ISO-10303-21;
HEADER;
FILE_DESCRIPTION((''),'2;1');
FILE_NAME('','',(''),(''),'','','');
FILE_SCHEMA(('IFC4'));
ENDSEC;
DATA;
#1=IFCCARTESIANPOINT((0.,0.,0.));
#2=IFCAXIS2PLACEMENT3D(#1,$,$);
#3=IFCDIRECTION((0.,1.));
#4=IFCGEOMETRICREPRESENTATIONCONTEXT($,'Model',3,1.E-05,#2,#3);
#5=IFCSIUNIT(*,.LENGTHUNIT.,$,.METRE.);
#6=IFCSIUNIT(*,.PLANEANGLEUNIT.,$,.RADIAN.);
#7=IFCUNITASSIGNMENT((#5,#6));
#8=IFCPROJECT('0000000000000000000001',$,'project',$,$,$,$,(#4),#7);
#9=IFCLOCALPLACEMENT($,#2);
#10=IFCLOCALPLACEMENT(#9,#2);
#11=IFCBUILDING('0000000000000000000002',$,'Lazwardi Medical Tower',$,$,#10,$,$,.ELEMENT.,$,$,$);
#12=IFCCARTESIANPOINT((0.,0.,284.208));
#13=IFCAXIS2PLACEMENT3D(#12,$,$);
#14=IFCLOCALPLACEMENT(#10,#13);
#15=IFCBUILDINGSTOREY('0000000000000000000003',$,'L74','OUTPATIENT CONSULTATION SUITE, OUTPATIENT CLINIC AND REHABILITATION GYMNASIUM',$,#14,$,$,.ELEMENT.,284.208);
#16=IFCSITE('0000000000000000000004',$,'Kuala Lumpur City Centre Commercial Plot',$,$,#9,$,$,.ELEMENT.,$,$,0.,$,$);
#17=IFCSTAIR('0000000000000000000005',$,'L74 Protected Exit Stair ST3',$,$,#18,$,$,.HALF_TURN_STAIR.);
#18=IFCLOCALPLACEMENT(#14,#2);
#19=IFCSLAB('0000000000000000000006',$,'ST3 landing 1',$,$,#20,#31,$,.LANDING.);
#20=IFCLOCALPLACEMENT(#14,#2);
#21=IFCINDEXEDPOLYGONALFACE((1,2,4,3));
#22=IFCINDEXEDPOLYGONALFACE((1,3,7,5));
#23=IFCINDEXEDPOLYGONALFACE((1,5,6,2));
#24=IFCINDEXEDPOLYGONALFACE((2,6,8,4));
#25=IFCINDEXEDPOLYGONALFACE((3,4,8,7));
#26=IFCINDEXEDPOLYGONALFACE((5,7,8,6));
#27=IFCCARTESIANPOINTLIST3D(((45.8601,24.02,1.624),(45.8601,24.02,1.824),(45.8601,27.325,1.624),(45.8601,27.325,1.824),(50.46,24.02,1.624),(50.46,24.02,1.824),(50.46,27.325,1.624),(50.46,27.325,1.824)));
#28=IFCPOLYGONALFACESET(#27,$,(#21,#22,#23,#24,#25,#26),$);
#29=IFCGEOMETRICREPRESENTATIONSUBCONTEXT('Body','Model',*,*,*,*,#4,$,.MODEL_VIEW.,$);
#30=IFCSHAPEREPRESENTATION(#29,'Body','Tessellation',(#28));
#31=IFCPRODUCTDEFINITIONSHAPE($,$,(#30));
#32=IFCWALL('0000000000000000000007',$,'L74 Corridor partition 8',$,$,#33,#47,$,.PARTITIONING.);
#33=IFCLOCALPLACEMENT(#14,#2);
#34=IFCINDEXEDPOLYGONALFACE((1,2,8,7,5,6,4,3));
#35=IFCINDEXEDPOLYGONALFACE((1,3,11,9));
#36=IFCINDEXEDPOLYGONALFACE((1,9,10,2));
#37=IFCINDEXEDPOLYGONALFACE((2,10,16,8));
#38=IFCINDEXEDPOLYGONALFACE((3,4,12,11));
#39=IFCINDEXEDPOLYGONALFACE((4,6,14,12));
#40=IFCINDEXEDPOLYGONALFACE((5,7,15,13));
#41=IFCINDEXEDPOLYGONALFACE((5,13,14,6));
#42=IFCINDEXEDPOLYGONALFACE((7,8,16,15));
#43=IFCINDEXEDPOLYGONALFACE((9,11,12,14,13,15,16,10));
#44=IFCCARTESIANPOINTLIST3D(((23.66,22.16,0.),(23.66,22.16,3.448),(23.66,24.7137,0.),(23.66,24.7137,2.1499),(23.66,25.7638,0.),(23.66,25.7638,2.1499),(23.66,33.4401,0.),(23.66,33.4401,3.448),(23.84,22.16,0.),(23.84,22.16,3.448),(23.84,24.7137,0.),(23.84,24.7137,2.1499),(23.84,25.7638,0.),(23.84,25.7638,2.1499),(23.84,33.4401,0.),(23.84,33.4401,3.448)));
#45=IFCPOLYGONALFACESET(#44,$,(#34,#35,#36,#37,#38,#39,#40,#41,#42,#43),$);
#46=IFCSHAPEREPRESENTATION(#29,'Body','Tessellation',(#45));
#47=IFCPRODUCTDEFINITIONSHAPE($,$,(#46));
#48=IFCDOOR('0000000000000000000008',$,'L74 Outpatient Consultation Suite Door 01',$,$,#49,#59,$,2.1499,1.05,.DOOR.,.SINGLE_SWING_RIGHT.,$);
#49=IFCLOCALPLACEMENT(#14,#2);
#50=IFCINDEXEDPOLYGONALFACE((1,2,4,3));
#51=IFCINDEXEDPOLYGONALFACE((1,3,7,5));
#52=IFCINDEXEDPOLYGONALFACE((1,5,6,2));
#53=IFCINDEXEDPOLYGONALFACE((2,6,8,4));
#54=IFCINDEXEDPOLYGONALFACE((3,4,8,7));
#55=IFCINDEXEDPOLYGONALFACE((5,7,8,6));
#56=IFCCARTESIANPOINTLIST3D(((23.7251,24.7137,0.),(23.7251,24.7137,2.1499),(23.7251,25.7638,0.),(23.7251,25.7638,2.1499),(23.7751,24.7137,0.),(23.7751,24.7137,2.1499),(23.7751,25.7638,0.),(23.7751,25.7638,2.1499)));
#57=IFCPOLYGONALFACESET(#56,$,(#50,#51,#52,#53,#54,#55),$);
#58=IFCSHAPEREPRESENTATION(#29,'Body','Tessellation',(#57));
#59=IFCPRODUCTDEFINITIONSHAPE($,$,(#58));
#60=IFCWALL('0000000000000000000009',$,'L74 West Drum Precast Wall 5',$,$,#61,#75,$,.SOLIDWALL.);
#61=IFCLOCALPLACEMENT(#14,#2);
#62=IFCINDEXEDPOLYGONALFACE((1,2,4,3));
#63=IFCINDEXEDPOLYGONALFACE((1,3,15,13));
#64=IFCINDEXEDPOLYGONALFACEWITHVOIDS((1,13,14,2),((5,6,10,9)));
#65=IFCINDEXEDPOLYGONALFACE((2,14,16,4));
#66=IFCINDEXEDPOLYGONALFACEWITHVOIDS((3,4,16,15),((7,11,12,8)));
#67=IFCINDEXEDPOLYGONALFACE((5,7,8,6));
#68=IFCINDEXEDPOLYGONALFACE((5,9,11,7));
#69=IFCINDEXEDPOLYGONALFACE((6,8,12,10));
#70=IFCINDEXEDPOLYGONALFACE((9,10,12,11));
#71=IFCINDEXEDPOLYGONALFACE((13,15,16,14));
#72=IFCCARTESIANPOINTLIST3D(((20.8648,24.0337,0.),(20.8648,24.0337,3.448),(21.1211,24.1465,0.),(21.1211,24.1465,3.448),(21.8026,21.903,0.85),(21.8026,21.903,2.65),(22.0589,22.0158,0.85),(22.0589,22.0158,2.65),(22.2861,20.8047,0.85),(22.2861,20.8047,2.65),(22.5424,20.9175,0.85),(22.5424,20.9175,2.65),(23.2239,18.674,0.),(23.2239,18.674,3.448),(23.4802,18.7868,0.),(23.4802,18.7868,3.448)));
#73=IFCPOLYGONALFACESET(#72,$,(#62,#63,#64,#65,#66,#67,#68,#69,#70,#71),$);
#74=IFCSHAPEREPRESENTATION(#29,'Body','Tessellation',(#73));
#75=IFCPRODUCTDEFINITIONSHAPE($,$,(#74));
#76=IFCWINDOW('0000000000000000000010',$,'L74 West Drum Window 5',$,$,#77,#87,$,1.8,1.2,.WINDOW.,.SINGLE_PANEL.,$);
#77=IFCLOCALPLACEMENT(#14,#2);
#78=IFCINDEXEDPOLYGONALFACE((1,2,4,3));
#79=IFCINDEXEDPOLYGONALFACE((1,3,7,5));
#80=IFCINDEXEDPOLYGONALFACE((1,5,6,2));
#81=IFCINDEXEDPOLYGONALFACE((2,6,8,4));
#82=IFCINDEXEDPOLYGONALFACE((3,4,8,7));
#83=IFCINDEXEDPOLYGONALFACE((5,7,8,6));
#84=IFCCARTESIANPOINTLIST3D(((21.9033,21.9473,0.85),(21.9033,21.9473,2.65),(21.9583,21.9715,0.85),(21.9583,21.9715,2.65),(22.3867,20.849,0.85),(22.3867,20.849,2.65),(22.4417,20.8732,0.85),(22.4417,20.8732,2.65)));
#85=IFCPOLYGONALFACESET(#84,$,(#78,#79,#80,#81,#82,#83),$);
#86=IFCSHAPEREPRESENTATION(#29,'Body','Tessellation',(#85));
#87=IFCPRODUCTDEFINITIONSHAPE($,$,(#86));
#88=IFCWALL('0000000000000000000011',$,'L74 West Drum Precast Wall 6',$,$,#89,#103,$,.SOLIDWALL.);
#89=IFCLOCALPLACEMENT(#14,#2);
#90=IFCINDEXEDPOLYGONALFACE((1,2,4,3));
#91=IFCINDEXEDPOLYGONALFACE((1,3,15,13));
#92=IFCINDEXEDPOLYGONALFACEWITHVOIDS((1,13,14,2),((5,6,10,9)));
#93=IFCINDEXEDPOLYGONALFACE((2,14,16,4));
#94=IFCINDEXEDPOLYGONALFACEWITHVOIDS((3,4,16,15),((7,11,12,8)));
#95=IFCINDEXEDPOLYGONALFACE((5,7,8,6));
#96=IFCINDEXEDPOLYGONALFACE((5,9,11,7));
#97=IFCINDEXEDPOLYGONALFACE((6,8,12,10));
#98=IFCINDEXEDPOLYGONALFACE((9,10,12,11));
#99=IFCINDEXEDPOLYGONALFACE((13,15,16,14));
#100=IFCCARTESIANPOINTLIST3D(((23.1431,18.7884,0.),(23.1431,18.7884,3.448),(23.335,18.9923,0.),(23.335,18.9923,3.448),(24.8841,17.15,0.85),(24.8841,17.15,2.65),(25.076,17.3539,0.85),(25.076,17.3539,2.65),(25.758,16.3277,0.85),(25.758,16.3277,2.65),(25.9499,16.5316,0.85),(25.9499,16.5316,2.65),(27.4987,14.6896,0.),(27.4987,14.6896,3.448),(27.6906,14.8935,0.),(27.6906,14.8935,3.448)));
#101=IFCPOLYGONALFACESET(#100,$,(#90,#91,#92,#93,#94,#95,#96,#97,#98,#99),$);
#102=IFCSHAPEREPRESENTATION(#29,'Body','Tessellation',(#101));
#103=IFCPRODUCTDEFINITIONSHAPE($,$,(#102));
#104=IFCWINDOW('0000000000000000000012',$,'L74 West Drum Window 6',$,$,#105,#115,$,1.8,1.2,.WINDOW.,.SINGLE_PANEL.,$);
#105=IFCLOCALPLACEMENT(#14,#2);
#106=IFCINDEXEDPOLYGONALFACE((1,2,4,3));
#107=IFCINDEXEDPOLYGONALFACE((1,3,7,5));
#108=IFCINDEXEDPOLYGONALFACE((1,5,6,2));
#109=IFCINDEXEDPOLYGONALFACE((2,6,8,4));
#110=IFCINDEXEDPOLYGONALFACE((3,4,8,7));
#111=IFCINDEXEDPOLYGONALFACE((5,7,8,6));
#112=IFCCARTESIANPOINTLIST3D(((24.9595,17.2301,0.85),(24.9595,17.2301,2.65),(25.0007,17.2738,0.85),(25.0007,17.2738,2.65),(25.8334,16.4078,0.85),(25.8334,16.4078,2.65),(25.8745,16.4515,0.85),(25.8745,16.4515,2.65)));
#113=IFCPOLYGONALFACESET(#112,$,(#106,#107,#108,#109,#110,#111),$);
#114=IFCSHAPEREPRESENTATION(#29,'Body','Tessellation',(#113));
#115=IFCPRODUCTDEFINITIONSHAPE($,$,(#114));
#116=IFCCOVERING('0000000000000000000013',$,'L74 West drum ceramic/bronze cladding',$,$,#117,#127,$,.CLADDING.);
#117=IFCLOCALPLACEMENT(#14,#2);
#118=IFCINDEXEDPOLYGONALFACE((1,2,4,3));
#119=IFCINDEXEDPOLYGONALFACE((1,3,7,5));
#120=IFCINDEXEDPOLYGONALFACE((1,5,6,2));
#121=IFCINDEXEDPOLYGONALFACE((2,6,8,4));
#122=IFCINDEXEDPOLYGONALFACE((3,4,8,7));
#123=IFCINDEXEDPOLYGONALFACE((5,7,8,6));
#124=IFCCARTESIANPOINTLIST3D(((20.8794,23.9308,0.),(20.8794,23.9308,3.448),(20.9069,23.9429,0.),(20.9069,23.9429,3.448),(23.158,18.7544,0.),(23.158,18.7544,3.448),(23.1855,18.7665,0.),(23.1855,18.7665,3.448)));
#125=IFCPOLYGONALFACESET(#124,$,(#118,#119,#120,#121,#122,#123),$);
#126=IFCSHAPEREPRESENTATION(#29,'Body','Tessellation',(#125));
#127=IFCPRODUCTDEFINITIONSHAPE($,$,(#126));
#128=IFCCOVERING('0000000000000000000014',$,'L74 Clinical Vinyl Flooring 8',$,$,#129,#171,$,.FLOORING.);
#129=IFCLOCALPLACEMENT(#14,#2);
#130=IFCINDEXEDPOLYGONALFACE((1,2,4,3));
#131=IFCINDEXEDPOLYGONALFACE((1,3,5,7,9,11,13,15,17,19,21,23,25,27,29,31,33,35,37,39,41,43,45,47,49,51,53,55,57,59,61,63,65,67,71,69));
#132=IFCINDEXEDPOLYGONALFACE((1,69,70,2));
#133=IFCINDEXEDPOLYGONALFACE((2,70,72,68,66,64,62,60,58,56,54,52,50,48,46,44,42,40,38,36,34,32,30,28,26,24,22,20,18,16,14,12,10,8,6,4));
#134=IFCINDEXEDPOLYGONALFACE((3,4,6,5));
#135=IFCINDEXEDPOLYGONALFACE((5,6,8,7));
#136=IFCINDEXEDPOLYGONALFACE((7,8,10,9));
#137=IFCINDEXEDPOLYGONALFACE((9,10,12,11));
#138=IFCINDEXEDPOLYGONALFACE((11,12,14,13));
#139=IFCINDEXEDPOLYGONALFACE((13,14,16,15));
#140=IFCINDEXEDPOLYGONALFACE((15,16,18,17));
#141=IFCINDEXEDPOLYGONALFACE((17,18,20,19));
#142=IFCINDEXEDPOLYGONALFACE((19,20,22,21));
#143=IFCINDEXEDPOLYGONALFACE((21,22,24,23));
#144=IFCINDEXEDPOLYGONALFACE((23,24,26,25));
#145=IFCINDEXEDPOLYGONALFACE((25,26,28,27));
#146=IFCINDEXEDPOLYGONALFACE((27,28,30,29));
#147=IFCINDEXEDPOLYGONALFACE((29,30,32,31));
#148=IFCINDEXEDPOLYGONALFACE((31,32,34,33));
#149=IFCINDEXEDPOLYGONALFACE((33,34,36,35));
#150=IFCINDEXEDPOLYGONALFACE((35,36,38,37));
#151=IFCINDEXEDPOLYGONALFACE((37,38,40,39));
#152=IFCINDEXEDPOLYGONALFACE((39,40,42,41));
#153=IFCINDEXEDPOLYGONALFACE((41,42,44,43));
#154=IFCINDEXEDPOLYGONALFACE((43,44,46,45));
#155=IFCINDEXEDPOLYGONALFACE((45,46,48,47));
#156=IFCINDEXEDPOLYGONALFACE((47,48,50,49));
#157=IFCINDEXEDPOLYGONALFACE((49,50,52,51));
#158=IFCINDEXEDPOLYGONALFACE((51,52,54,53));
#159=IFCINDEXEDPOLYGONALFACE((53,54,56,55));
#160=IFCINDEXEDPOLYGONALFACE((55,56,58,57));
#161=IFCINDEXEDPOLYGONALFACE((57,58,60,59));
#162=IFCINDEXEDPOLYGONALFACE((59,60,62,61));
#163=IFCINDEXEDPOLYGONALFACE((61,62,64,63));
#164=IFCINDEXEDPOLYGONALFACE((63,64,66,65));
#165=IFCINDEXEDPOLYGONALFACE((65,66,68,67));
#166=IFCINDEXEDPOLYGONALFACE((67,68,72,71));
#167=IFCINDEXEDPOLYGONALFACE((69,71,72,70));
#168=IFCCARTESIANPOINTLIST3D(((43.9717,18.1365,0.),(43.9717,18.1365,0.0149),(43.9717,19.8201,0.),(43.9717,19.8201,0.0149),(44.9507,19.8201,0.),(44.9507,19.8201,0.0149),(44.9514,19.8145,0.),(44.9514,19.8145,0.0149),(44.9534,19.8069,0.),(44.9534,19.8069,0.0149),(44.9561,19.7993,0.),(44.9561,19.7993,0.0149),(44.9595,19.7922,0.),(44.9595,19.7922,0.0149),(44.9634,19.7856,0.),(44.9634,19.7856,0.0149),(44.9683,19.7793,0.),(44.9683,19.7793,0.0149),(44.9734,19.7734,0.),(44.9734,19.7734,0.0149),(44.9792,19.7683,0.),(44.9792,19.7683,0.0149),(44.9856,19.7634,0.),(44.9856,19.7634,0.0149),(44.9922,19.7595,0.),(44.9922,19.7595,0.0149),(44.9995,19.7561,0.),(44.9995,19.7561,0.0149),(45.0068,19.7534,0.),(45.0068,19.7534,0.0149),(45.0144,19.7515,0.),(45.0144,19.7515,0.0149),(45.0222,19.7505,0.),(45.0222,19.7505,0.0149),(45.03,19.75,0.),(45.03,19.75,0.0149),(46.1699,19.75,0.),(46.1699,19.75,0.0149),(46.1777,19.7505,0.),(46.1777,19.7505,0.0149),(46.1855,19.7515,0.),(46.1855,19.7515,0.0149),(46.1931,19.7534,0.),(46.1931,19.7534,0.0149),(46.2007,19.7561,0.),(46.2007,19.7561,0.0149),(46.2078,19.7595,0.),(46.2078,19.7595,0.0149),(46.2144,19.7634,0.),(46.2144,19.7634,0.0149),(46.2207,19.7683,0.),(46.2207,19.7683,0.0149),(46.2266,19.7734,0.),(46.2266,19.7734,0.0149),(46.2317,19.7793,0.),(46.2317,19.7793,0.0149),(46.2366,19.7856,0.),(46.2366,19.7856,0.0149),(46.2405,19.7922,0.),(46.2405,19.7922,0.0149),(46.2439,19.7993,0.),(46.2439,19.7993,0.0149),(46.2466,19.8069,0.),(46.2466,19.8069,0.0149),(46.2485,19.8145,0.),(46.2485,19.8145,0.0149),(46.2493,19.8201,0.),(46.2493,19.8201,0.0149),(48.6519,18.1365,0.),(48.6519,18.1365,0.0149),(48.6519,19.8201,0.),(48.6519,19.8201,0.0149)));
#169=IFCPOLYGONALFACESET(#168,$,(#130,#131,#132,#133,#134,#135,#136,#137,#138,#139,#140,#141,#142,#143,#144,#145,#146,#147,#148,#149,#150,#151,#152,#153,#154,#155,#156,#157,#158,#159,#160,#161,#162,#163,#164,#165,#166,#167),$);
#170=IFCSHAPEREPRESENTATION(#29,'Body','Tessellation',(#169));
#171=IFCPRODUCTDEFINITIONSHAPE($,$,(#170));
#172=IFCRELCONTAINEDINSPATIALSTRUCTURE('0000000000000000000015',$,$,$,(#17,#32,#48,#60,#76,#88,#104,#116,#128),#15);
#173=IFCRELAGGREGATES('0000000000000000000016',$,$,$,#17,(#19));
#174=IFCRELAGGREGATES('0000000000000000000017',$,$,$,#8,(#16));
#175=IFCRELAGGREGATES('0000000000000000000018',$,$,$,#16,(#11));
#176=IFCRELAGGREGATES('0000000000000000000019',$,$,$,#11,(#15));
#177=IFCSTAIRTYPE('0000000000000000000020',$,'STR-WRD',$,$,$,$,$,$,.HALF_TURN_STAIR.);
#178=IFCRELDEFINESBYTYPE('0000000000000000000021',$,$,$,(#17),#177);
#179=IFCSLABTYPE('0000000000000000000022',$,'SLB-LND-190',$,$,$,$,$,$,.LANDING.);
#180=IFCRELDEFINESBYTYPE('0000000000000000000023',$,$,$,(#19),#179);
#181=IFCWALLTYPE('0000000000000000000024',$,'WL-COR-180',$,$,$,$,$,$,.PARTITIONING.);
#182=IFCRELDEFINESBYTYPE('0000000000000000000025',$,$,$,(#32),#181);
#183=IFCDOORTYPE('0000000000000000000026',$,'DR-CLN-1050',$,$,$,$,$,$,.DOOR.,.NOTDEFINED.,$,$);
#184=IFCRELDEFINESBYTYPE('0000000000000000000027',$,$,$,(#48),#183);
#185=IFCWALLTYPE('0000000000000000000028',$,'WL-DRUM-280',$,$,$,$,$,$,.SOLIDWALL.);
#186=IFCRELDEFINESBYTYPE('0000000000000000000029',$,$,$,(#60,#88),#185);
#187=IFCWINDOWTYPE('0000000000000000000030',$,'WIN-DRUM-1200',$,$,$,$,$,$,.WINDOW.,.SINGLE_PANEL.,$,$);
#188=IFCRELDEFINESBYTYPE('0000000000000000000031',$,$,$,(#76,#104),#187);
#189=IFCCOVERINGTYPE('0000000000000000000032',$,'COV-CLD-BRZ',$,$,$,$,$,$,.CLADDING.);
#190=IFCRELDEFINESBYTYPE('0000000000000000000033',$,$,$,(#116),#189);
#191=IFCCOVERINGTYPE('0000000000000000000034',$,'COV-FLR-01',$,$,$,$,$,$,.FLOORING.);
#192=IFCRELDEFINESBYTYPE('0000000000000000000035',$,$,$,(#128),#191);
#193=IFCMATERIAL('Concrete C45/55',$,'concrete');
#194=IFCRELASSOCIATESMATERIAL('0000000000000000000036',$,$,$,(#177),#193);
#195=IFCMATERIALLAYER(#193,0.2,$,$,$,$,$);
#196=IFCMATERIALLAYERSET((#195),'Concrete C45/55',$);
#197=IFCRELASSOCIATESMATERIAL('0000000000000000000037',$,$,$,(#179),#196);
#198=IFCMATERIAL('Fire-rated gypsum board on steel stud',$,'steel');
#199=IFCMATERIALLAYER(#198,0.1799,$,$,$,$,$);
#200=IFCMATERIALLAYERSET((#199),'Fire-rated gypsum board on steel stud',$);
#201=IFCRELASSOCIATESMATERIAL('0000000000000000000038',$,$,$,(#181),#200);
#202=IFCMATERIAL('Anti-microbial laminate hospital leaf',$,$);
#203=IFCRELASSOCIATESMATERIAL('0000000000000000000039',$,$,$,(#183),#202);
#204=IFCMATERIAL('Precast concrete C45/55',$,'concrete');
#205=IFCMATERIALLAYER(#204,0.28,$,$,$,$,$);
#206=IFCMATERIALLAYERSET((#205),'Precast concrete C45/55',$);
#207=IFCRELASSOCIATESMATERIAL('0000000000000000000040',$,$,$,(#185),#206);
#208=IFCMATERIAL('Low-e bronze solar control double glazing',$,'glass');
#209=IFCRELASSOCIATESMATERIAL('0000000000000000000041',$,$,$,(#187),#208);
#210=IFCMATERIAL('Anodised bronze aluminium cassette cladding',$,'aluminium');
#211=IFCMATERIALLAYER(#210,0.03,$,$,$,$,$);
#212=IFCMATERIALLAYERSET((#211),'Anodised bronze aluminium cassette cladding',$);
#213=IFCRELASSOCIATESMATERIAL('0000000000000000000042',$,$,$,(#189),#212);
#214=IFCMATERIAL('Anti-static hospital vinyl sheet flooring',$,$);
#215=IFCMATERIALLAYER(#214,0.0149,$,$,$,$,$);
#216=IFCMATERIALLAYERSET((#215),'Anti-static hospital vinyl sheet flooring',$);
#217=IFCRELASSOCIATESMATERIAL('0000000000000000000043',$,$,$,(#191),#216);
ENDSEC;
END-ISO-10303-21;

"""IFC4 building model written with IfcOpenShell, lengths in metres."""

from ifc_helpers import new_model, si_unit, direction, frame, frame_2d, origin, origin_2d, place, context, subcontext, project, spatial, polyline, rectangle, outline, extrude, material, layer, layer_set, type_object, element, fill, aggregate, save


model = new_model("IFC4")

# Units and contexts
model_context = context("Model", 3, precision=1e-05, world=origin(), true_north=direction((0.0, 1.0)))
body_context = subcontext(model_context, "Body", "Model", "MODEL_VIEW")
ifc_project = project(units=[si_unit("LENGTHUNIT", "METRE"), si_unit("PLANEANGLEUNIT", "RADIAN")], contexts=[model_context])

# Site, building, storey
site_placement = place(None, origin())
site = spatial("IfcSite", under=ifc_project, at=site_placement, Name="Kuala Lumpur City Centre Commercial Plot", CompositionType="ELEMENT", RefElevation=0.0)
building_placement = place(site_placement, origin())
building = spatial("IfcBuilding", under=site, at=building_placement, Name="Lazwardi Medical Tower", CompositionType="ELEMENT")
storey_placement = place(building_placement, frame((0.0, 0.0, 284.208)))
storey = spatial("IfcBuildingStorey", under=building, at=storey_placement, Name="L74", Description="OUTPATIENT CONSULTATION SUITE, OUTPATIENT CLINIC AND REHABILITATION GYMNASIUM", CompositionType="ELEMENT", Elevation=284.208)

# Stair, slab
ifc_material_1 = material(Name="Concrete C45/55", Category="concrete")
stair_type = type_object("IfcStairType", Name="STR-WRD", PredefinedType="HALF_TURN_STAIR", material=ifc_material_1)
ifc_layer_1 = layer(ifc_material_1, 0.2)
ifc_layer_set_1 = layer_set([ifc_layer_1], Name="Concrete C45/55")
slab_type = type_object("IfcSlabType", Name="SLB-LND-190", PredefinedType="LANDING", material=ifc_layer_set_1)
stair_1_placement = place(storey_placement, origin())
stair_1 = element("IfcStair", 1, at=stair_1_placement, inside=storey, type_object=stair_type, Name="L74 Protected Exit Stair ST3", PredefinedType="HALF_TURN_STAIR")
slab_1_placement = place(storey_placement, frame((0.0, 0.0, 1.624)))
slab_1 = element("IfcSlab", 2, at=slab_1_placement, type_object=slab_type, Name="ST3 landing 1", PredefinedType="LANDING", context=body_context, shape_type="SweptSolid", body=[
    extrude(outline(polyline([(45.8601, 27.325), (45.8601, 24.02), (50.46, 24.02), (50.46, 27.325), (45.8601, 27.325)])), origin(), (0.0, 0.0, 1.0), 0.2),
])
aggregate(stair_1, [slab_1])

# Wall, opening, door
ifc_material_2 = material(Name="Fire-rated gypsum board on steel stud", Category="steel")
ifc_layer_2 = layer(ifc_material_2, 0.1799)
ifc_layer_set_2 = layer_set([ifc_layer_2], Name="Fire-rated gypsum board on steel stud")
wall_type_1 = type_object("IfcWallType", Name="WL-COR-180", PredefinedType="PARTITIONING", material=ifc_layer_set_2)
wall_1_placement = place(storey_placement, frame((23.75, 22.1599, 0.0), z_axis=(0.0, 0.0, 1.0), x_axis=(0.0, 1.0, 0.0)))
wall_1 = element("IfcWall", 3, at=wall_1_placement, inside=storey, type_object=wall_type_1, Name="L74 Corridor partition 8", PredefinedType="PARTITIONING", context=body_context, shape_type="SweptSolid", body=[
    extrude(rectangle(XDim=11.28, YDim=0.1799, at=frame_2d((5.6401, 0.0))), origin(), (0.0, 0.0, 1.0), 3.448),
])
opening_1_placement = place(wall_1_placement, frame((2.554, 0.0, 0.0)))
opening_1 = element("IfcOpeningElement", 4, at=opening_1_placement, cuts=wall_1, PredefinedType="OPENING", context=body_context, shape_type="SweptSolid", body=[
    extrude(rectangle(XDim=1.05, YDim=2.1499, at=frame_2d((0.5249, 1.075))), frame((0.0, 0.0999, 0.0), z_axis=(0.0, -1.0, 0.0), x_axis=(1.0, 0.0, 0.0)), (0.0, 0.0, 1.0), 0.2),
])
ifc_material_3 = material(Name="Anti-microbial laminate hospital leaf")
door_type = type_object("IfcDoorType", Name="DR-CLN-1050", OperationType="NOTDEFINED", PredefinedType="DOOR", material=ifc_material_3)
door_placement = place(opening_1_placement, origin())
door = element("IfcDoor", 5, at=door_placement, inside=storey, type_object=door_type, Name="L74 Outpatient Consultation Suite Door 01", OperationType="SINGLE_SWING_RIGHT", OverallHeight=2.1499, OverallWidth=1.05, PredefinedType="DOOR", context=body_context, shape_type="SweptSolid", body=[
    extrude(rectangle(XDim=1.05, YDim=2.1499, at=frame_2d((0.5249, 1.075))), frame((0.0, 0.0249, 0.0), z_axis=(0.0, -1.0, 0.0), x_axis=(1.0, 0.0, 0.0)), (0.0, 0.0, 1.0), 0.05),
])
fill(opening_1, door)

# Walls, openings, windows
ifc_material_4 = material(Name="Precast concrete C45/55", Category="concrete")
ifc_layer_3 = layer(ifc_material_4, 0.28)
ifc_layer_set_3 = layer_set([ifc_layer_3], Name="Precast concrete C45/55")
wall_type_2 = type_object("IfcWallType", Name="WL-DRUM-280", PredefinedType="SOLIDWALL", material=ifc_layer_set_3)
wall_2_placement = place(storey_placement, frame((20.9929, 24.0901, 0.0), z_axis=(0.0, 0.0, 1.0), x_axis=(0.402867, -0.915258, 0.0)))
wall_2 = element("IfcWall", 6, at=wall_2_placement, inside=storey, type_object=wall_type_2, Name="L74 West Drum Precast Wall 5", PredefinedType="SOLIDWALL", context=body_context, shape_type="SweptSolid", body=[
    extrude(rectangle(XDim=5.856, YDim=0.28, at=frame_2d((2.928, 0.0))), origin(), (0.0, 0.0, 1.0), 3.448),
])
opening_2_placement = place(wall_2_placement, frame((2.3279, 0.0, 0.8501)))
opening_2 = element("IfcOpeningElement", 7, at=opening_2_placement, cuts=wall_2, PredefinedType="OPENING", context=body_context, shape_type="SweptSolid", body=[
    extrude(rectangle(XDim=1.2, YDim=1.8, at=frame_2d((0.6001, 0.8999))), frame((0.0, 0.1499, 0.0), z_axis=(0.0, -1.0, 0.0), x_axis=(1.0, 0.0, 0.0)), (0.0, 0.0, 1.0), 0.3),
])
ifc_material_5 = material(Name="Low-e bronze solar control double glazing", Category="glass")
window_type = type_object("IfcWindowType", Name="WIN-DRUM-1200", PartitioningType="SINGLE_PANEL", PredefinedType="WINDOW", material=ifc_material_5)
window_1_placement = place(opening_2_placement, origin())
window_1 = element("IfcWindow", 8, at=window_1_placement, inside=storey, type_object=window_type, Name="L74 West Drum Window 5", OverallHeight=1.8, OverallWidth=1.2, PartitioningType="SINGLE_PANEL", PredefinedType="WINDOW", context=body_context, shape_type="SweptSolid", body=[
    extrude(rectangle(XDim=1.2, YDim=1.8, at=frame_2d((0.6001, 0.8999))), frame((0.0, 0.03, 0.0), z_axis=(0.0, -1.0, 0.0), x_axis=(1.0, 0.0, 0.0)), (0.0, 0.0, 1.0), 0.0601),
])
fill(opening_2, window_1)
wall_3_placement = place(storey_placement, frame((23.239, 18.8904, 0.0), z_axis=(0.0, 0.0, 1.0), x_axis=(0.728252, -0.68531, 0.0)))
wall_3 = element("IfcWall", 9, at=wall_3_placement, inside=storey, type_object=wall_type_2, Name="L74 West Drum Precast Wall 6", PredefinedType="SOLIDWALL", context=body_context, shape_type="SweptSolid", body=[
    extrude(rectangle(XDim=5.981, YDim=0.28, at=frame_2d((2.9905, 0.0))), origin(), (0.0, 0.0, 1.0), 3.448),
])
opening_3_placement = place(wall_3_placement, frame((2.3906, 0.0, 0.8501)))
opening_3 = element("IfcOpeningElement", 10, at=opening_3_placement, cuts=wall_3, PredefinedType="OPENING", context=body_context, shape_type="SweptSolid", body=[
    extrude(rectangle(XDim=1.2, YDim=1.8, at=frame_2d((0.6001, 0.8999))), frame((0.0, 0.1499, 0.0), z_axis=(0.0, -1.0, 0.0), x_axis=(1.0, 0.0, 0.0)), (0.0, 0.0, 1.0), 0.3),
])
window_2_placement = place(opening_3_placement, origin())
window_2 = element("IfcWindow", 11, at=window_2_placement, inside=storey, type_object=window_type, Name="L74 West Drum Window 6", OverallHeight=1.8, OverallWidth=1.2, PartitioningType="SINGLE_PANEL", PredefinedType="WINDOW", context=body_context, shape_type="SweptSolid", body=[
    extrude(rectangle(XDim=1.2, YDim=1.8, at=frame_2d((0.6001, 0.8999))), frame((0.0, 0.03, 0.0), z_axis=(0.0, -1.0, 0.0), x_axis=(1.0, 0.0, 0.0)), (0.0, 0.0, 1.0), 0.0601),
])
fill(opening_3, window_2)

# Coverings
ifc_material_6 = material(Name="Anodised bronze aluminium cassette cladding", Category="aluminium")
ifc_layer_4 = layer(ifc_material_6, 0.03)
ifc_layer_set_4 = layer_set([ifc_layer_4], Name="Anodised bronze aluminium cassette cladding")
covering_type_1 = type_object("IfcCoveringType", Name="COV-CLD-BRZ", PredefinedType="CLADDING", material=ifc_layer_set_4)
covering_1_placement = place(storey_placement, frame((22.0325, 21.3486, 0.0), z_axis=(0.0, 0.0, 1.0), x_axis=(0.402878, -0.915254, 0.0)))
element("IfcCovering", 12, at=covering_1_placement, inside=storey, type_object=covering_type_1, Name="L74 West drum ceramic/bronze cladding", PredefinedType="CLADDING", context=body_context, shape_type="SweptSolid", body=[
    extrude(rectangle(XDim=5.6558, YDim=0.03, at=origin_2d()), origin(), (0.0, 0.0, 1.0), 3.448),
])
ifc_material_7 = material(Name="Anti-static hospital vinyl sheet flooring")
ifc_layer_5 = layer(ifc_material_7, 0.0149)
ifc_layer_set_5 = layer_set([ifc_layer_5], Name="Anti-static hospital vinyl sheet flooring")
covering_type_2 = type_object("IfcCoveringType", Name="COV-FLR-01", PredefinedType="FLOORING", material=ifc_layer_set_5)
covering_2_placement = place(storey_placement, origin())
element("IfcCovering", 13, at=covering_2_placement, inside=storey, type_object=covering_type_2, Name="L74 Clinical Vinyl Flooring 8", PredefinedType="FLOORING", context=body_context, shape_type="SweptSolid", body=[
    extrude(outline(polyline([(48.6519, 19.8201), (46.2493, 19.8201), (46.2485, 19.8145), (46.2466, 19.8069), (46.2439, 19.7993), (46.2405, 19.7922), (46.2366, 19.7856), (46.2317, 19.7793), (46.2266, 19.7734), (46.2207, 19.7683), (46.2144, 19.7634), (46.2078, 19.7595), (46.2007, 19.7561), (46.1931, 19.7534), (46.1855, 19.7515), (46.1777, 19.7505), (46.1699, 19.75), (45.03, 19.75), (45.0222, 19.7505), (45.0144, 19.7515), (45.0068, 19.7534), (44.9995, 19.7561), (44.9922, 19.7595), (44.9856, 19.7634), (44.9792, 19.7683), (44.9734, 19.7734), (44.9683, 19.7793), (44.9634, 19.7856), (44.9595, 19.7922), (44.9561, 19.7993), (44.9534, 19.8069), (44.9514, 19.8145), (44.9507, 19.8201), (43.9717, 19.8201), (43.9717, 18.1365), (48.6519, 18.1365), (48.6519, 19.8201)])), origin(), (0.0, 0.0, 1.0), 0.0149),
])

save(model, "model.ifc")
